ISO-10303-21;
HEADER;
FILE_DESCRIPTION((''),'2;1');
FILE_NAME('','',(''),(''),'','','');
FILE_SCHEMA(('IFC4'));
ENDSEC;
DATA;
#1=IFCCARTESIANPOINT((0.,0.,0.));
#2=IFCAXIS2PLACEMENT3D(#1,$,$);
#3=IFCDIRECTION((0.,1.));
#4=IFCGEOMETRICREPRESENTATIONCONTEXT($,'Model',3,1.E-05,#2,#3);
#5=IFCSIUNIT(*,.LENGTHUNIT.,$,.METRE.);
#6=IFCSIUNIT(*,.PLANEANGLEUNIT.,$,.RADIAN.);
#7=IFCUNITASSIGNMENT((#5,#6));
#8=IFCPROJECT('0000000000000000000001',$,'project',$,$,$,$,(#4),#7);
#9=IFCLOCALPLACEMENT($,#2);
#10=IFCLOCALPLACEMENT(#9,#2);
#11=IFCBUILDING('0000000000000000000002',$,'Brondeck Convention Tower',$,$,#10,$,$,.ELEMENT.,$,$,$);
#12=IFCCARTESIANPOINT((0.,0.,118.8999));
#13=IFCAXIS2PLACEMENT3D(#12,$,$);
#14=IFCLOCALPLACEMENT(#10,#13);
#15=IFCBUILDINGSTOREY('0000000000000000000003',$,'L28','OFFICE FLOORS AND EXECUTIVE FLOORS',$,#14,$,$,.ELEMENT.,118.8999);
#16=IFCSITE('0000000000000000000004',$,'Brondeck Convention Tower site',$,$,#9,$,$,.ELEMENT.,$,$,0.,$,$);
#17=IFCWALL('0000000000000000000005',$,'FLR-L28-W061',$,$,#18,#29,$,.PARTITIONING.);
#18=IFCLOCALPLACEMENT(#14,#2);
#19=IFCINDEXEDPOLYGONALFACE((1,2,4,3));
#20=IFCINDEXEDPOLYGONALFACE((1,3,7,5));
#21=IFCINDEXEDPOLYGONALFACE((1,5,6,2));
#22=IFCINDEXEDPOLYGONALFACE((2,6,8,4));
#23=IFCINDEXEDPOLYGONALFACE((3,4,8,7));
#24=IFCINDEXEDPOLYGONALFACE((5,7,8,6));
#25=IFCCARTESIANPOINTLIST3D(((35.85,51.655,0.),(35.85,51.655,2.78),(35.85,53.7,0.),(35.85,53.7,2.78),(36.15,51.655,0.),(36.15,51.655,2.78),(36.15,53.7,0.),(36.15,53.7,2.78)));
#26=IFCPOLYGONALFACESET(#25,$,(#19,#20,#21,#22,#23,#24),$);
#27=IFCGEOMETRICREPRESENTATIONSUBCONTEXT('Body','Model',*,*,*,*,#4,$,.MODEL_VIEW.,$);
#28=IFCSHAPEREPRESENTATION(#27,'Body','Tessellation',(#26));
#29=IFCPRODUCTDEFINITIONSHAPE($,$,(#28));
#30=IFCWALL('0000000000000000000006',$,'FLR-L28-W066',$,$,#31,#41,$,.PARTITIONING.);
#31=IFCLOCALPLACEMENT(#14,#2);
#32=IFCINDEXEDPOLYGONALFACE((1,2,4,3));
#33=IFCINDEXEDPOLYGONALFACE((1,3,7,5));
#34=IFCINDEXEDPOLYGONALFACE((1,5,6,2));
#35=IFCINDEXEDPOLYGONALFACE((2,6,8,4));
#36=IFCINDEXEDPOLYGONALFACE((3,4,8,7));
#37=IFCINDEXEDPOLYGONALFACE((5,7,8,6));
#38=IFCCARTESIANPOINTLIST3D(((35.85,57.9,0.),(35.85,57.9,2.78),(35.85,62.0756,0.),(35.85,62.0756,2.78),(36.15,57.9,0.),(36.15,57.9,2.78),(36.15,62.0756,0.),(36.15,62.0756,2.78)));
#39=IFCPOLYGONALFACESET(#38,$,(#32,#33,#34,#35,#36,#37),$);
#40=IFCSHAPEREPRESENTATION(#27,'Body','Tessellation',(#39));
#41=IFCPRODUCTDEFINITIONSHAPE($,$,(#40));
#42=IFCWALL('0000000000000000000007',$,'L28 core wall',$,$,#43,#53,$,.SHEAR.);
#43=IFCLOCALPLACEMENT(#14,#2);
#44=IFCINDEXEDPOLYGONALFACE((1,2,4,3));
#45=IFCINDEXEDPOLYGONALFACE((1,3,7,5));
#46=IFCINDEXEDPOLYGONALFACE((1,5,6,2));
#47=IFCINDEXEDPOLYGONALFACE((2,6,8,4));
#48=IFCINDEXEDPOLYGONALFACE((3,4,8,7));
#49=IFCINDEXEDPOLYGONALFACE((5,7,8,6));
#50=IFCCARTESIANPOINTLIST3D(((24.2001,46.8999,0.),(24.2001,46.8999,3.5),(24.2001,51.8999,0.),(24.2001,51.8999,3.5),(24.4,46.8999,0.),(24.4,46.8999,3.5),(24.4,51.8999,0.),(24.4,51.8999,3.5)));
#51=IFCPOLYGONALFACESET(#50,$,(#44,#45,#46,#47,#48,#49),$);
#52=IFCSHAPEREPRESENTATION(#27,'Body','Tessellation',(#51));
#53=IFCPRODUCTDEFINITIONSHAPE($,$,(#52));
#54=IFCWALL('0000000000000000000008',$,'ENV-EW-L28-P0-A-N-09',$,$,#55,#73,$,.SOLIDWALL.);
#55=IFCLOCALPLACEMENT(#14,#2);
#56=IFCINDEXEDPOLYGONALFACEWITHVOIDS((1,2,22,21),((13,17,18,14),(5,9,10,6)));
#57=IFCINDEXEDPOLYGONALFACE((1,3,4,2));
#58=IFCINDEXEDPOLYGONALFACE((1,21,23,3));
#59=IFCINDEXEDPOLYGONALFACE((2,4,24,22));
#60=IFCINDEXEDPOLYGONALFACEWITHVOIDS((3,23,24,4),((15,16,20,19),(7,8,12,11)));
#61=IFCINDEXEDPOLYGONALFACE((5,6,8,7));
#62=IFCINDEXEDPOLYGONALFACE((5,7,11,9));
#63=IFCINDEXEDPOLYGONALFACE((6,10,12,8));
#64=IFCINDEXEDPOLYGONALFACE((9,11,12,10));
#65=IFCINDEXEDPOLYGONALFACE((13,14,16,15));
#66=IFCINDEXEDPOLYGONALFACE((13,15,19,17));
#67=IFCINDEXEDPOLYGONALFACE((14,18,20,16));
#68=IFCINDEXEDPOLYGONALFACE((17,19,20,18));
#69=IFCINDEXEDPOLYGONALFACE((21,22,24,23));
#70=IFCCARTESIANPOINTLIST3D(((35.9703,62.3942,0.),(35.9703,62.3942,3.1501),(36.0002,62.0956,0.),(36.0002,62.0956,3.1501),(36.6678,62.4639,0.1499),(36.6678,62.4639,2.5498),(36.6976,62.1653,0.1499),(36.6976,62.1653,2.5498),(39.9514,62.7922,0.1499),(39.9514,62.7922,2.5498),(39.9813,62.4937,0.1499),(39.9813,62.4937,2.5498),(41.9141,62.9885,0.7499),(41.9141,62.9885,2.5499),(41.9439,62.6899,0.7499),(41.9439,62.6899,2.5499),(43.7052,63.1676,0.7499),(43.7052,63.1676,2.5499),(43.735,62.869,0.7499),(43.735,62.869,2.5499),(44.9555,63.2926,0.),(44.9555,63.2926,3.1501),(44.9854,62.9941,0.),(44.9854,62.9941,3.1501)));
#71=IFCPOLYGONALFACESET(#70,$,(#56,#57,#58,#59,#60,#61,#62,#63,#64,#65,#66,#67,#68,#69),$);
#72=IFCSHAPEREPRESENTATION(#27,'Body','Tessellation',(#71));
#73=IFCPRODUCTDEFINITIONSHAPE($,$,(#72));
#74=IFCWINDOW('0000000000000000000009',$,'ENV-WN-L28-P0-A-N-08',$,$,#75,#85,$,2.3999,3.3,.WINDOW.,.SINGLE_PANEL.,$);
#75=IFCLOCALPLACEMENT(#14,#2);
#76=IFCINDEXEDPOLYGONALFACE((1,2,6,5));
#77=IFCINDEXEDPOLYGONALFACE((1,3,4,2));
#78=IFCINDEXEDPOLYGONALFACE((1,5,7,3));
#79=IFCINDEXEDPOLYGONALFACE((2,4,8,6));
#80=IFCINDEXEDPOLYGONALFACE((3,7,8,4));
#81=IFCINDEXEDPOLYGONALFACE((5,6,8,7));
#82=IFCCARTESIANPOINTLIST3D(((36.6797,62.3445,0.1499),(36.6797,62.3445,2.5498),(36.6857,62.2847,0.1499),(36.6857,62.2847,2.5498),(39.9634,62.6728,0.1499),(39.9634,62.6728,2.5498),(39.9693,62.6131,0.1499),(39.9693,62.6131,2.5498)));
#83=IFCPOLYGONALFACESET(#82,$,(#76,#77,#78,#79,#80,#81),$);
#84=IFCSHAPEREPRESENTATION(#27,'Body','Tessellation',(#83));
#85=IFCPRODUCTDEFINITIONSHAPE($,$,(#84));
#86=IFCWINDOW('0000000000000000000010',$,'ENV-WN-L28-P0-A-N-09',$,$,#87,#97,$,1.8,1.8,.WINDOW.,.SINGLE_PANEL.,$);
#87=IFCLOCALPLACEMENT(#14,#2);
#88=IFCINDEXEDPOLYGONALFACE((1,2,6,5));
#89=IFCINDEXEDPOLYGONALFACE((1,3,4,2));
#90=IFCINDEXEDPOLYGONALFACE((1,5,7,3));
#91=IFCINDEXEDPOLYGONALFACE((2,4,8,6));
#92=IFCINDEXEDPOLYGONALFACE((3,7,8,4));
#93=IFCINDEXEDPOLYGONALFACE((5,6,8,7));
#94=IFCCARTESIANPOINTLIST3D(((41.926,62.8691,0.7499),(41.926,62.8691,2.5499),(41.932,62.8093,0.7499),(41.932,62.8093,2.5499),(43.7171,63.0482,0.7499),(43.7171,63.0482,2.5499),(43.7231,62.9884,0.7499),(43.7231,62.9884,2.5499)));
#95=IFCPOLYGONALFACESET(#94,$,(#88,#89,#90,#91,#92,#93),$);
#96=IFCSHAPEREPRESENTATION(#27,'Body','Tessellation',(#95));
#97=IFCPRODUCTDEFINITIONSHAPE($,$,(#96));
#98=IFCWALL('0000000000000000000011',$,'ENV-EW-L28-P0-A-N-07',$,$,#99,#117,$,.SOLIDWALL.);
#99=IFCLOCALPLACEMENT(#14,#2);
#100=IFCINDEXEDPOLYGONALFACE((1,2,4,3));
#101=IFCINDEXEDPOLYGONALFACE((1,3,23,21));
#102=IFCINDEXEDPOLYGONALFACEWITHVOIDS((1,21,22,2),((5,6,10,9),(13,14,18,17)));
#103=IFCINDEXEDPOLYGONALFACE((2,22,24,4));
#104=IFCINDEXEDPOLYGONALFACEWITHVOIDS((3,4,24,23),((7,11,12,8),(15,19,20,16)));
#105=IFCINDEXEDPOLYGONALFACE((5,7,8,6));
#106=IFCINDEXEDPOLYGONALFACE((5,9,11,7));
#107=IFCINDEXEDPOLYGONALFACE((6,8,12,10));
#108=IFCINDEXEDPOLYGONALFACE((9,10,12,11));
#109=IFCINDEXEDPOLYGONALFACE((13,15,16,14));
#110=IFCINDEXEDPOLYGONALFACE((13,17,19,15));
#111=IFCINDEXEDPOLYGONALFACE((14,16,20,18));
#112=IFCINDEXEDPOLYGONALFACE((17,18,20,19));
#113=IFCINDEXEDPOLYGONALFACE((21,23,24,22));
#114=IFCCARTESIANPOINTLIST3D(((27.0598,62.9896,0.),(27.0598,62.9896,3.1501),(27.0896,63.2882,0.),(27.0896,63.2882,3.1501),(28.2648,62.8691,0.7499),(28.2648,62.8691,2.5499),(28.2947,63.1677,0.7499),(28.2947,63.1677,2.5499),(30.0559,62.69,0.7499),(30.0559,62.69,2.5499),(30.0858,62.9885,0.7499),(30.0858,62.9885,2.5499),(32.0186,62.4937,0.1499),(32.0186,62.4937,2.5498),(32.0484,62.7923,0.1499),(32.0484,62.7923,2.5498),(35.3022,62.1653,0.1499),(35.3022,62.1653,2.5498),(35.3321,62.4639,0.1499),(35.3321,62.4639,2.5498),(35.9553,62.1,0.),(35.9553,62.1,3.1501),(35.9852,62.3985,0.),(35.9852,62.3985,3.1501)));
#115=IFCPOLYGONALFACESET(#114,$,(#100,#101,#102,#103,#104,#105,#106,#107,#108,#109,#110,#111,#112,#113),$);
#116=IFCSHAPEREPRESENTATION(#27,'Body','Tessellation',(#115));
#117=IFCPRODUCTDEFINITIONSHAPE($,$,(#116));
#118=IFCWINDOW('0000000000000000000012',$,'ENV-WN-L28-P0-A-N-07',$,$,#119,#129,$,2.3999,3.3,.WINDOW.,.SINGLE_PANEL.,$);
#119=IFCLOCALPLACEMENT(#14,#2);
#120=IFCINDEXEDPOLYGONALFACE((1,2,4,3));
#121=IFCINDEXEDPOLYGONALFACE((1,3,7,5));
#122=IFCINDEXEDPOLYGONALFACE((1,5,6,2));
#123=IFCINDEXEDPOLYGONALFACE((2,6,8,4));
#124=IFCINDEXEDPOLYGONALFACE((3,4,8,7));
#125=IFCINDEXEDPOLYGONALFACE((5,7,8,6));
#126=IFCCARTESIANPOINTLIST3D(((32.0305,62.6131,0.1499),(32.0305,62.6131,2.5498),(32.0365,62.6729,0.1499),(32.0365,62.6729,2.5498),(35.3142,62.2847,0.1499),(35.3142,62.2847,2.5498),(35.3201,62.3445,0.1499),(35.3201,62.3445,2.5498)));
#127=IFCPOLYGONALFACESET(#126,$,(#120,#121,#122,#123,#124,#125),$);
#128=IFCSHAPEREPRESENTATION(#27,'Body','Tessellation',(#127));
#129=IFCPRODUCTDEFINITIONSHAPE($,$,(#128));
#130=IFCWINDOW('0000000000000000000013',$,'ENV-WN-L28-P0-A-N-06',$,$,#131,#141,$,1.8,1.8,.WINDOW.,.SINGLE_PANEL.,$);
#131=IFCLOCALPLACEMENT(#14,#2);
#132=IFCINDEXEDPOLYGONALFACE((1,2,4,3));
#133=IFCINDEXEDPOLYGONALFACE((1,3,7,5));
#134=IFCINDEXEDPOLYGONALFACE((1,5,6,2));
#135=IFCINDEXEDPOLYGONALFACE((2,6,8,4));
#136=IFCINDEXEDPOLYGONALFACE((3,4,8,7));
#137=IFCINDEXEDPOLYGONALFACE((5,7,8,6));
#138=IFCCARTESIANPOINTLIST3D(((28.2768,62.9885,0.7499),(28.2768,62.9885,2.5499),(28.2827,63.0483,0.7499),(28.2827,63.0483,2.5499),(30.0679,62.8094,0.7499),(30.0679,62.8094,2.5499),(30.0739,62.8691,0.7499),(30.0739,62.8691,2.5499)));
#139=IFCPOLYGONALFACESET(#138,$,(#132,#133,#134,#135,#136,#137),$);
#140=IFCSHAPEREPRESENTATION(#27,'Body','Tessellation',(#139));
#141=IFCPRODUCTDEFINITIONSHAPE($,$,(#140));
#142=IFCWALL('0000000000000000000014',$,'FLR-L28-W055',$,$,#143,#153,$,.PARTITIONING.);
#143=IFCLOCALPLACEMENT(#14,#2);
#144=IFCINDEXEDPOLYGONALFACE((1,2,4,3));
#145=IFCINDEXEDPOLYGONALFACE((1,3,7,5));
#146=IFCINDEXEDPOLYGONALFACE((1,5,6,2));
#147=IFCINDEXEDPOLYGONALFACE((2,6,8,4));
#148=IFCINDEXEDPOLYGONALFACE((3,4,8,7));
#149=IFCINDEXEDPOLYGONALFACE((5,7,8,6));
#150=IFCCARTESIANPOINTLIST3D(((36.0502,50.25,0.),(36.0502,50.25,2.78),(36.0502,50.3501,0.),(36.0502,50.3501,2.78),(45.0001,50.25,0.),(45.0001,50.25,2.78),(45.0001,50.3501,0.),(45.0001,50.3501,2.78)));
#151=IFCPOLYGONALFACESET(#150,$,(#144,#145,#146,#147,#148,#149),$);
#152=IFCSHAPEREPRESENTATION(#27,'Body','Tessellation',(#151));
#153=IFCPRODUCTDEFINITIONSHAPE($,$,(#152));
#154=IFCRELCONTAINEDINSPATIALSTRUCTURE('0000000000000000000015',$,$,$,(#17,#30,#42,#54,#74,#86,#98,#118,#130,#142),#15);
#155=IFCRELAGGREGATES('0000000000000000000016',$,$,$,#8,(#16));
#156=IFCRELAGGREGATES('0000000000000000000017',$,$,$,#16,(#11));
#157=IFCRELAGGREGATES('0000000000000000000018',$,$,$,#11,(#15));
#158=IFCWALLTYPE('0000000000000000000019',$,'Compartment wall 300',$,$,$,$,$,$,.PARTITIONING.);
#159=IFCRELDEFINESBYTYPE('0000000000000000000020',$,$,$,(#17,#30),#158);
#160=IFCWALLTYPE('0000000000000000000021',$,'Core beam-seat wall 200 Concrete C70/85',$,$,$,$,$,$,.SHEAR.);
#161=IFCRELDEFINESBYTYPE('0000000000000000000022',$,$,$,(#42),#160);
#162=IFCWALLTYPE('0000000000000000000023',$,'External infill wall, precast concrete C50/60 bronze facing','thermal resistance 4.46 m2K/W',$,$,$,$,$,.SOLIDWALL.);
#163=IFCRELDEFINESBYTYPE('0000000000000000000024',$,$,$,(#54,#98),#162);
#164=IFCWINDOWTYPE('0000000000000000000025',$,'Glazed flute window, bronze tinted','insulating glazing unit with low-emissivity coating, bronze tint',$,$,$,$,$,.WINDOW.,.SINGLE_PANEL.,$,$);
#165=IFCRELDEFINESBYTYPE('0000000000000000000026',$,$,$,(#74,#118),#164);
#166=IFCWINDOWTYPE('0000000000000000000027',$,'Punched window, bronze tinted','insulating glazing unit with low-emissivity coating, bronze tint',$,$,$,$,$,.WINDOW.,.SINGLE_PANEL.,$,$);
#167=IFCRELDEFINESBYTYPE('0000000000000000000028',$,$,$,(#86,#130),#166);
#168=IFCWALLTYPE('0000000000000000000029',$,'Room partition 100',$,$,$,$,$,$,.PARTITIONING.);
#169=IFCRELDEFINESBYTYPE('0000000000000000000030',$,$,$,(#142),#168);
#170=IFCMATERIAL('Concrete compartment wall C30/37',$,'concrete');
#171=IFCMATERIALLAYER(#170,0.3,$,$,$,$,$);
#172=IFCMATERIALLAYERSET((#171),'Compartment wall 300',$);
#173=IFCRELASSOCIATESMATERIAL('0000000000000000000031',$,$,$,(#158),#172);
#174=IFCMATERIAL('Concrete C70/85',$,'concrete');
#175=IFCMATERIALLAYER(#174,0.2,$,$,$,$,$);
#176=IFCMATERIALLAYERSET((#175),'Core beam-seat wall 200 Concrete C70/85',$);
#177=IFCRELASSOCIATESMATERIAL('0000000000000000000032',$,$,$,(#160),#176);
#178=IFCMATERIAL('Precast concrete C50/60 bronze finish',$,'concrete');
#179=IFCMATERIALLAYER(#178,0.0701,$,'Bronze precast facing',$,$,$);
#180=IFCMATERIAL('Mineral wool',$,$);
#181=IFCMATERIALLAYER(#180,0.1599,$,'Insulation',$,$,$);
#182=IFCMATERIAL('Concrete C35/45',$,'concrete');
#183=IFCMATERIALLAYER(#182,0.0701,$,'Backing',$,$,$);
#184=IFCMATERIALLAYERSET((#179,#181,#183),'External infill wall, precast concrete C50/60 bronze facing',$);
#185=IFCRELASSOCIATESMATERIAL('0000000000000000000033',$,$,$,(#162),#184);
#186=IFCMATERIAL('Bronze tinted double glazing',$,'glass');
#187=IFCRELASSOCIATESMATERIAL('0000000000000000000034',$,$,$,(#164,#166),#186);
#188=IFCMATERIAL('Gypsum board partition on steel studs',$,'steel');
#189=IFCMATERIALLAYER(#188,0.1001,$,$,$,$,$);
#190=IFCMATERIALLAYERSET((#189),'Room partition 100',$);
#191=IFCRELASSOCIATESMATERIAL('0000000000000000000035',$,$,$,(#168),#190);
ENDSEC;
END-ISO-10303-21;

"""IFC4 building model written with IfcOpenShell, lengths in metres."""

from ifc_helpers import new_model, si_unit, direction, frame, frame_2d, origin, place, context, subcontext, project, spatial, rectangle, extrude, material, layer, layer_set, type_object, element, fill, save


model = new_model("IFC4")

# Units and contexts
model_context = context("Model", 3, precision=1e-05, world=origin(), true_north=direction((0.0, 1.0)))
body_context = subcontext(model_context, "Body", "Model", "MODEL_VIEW")
ifc_project = project(units=[si_unit("LENGTHUNIT", "METRE"), si_unit("PLANEANGLEUNIT", "RADIAN")], contexts=[model_context])

# Site, building, storey
site_placement = place(None, origin())
site = spatial("IfcSite", under=ifc_project, at=site_placement, Name="Brondeck Convention Tower site", CompositionType="ELEMENT", RefElevation=0.0)
building_placement = place(site_placement, origin())
building = spatial("IfcBuilding", under=site, at=building_placement, Name="Brondeck Convention Tower", CompositionType="ELEMENT")
storey_placement = place(building_placement, frame((0.0, 0.0, 118.8999)))
storey = spatial("IfcBuildingStorey", under=building, at=storey_placement, Name="L28", Description="OFFICE FLOORS AND EXECUTIVE FLOORS", CompositionType="ELEMENT", Elevation=118.8999)

# Shared definitions
ifc_material_1 = material(Name="Concrete C70/85", Category="concrete")

# Walls
ifc_material_2 = material(Name="Concrete compartment wall C30/37", Category="concrete")
ifc_layer_1 = layer(ifc_material_2, 0.3)
ifc_layer_set_1 = layer_set([ifc_layer_1], Name="Compartment wall 300")
wall_type_1 = type_object("IfcWallType", Name="Compartment wall 300", PredefinedType="PARTITIONING", material=ifc_layer_set_1)
wall_1_placement = place(storey_placement, frame((36.0, 51.655, 0.0), z_axis=(0.0, 0.0, 1.0), x_axis=(0.0, 1.0, 0.0)))
element("IfcWall", 1, at=wall_1_placement, inside=storey, type_object=wall_type_1, Name="FLR-L28-W061", PredefinedType="PARTITIONING", context=body_context, shape_type="SweptSolid", body=[
    extrude(rectangle(XDim=2.0449, YDim=0.3, at=frame_2d((1.0225, 0.0))), origin(), (0.0, 0.0, 1.0), 2.78),
])
wall_2_placement = place(storey_placement, frame((36.0, 57.8999, 0.0), z_axis=(0.0, 0.0, 1.0), x_axis=(0.0, 1.0, 0.0)))
element("IfcWall", 2, at=wall_2_placement, inside=storey, type_object=wall_type_1, Name="FLR-L28-W066", PredefinedType="PARTITIONING", context=body_context, shape_type="SweptSolid", body=[
    extrude(rectangle(XDim=4.1755, YDim=0.3, at=frame_2d((2.0879, 0.0))), origin(), (0.0, 0.0, 1.0), 2.78),
])
ifc_layer_2 = layer(ifc_material_1, 0.2)
ifc_layer_set_2 = layer_set([ifc_layer_2], Name="Core beam-seat wall 200 Concrete C70/85")
wall_type_2 = type_object("IfcWallType", Name="Core beam-seat wall 200 Concrete C70/85", PredefinedType="SHEAR", material=ifc_layer_set_2)
wall_3_placement = place(storey_placement, frame((24.3, 46.8999, 0.0), z_axis=(0.0, 0.0, 1.0), x_axis=(0.0, 1.0, 0.0)))
element("IfcWall", 3, at=wall_3_placement, inside=storey, type_object=wall_type_2, Name="L28 core wall", PredefinedType="SHEAR", context=body_context, shape_type="SweptSolid", body=[
    extrude(rectangle(XDim=5.0, YDim=0.2, at=frame_2d((2.5, 0.0))), origin(), (0.0, 0.0, 1.0), 3.5),
])

# Walls, openings, windows
ifc_material_3 = material(Name="Precast concrete C50/60 bronze finish", Category="concrete")
ifc_layer_3 = layer(ifc_material_3, 0.0701, Name="Bronze precast facing")
ifc_material_4 = material(Name="Mineral wool")
ifc_layer_4 = layer(ifc_material_4, 0.1599, Name="Insulation")
ifc_material_5 = material(Name="Concrete C35/45", Category="concrete")
ifc_layer_5 = layer(ifc_material_5, 0.0701, Name="Backing")
ifc_layer_set_3 = layer_set([ifc_layer_3, ifc_layer_4, ifc_layer_5], Name="External infill wall, precast concrete C50/60 bronze facing")
wall_type_3 = type_object("IfcWallType", Name="External infill wall, precast concrete C50/60 bronze facing", Description="thermal resistance 4.46 m2K/W", PredefinedType="SOLIDWALL", material=ifc_layer_set_3)
wall_4_placement = place(storey_placement, frame((35.9851, 62.2449, 0.0), z_axis=(0.0, 0.0, 1.0), x_axis=(0.995038, 0.099496, 0.0)))
wall_4 = element("IfcWall", 4, at=wall_4_placement, inside=storey, type_object=wall_type_3, Name="ENV-EW-L28-P0-A-N-09", PredefinedType="SOLIDWALL", context=body_context, shape_type="SweptSolid", body=[
    extrude(rectangle(XDim=9.03, YDim=0.3, at=frame_2d((4.5151, 0.0))), origin(), (0.0, 0.0, 1.0), 3.1501),
])
opening_1_placement = place(wall_4_placement, frame((0.7012, 0.0, 0.1499)))
opening_1 = element("IfcOpeningElement", 5, at=opening_1_placement, cuts=wall_4, PredefinedType="OPENING", context=body_context, shape_type="SweptSolid", body=[
    extrude(rectangle(XDim=3.3, YDim=2.3999, at=frame_2d((1.6499, 1.2))), frame((0.0, 0.1599, 0.0), z_axis=(0.0, -1.0, 0.0), x_axis=(1.0, 0.0, 0.0)), (0.0, 0.0, 1.0), 0.3201),
])
opening_2_placement = place(wall_4_placement, frame((5.9736, 0.0, 0.75)))
opening_2 = element("IfcOpeningElement", 6, at=opening_2_placement, cuts=wall_4, PredefinedType="OPENING", context=body_context, shape_type="SweptSolid", body=[
    extrude(rectangle(XDim=1.8, YDim=1.8, at=frame_2d((0.8999, 0.8999))), frame((0.0, 0.1599, 0.0), z_axis=(0.0, -1.0, 0.0), x_axis=(1.0, 0.0, 0.0)), (0.0, 0.0, 1.0), 0.3201),
])
ifc_material_6 = material(Name="Bronze tinted double glazing", Category="glass")
window_type_1 = type_object("IfcWindowType", Name="Glazed flute window, bronze tinted", Description="insulating glazing unit with low-emissivity coating, bronze tint", PartitioningType="SINGLE_PANEL", PredefinedType="WINDOW", material=ifc_material_6)
window_1_placement = place(opening_1_placement, origin())
window_1 = element("IfcWindow", 7, at=window_1_placement, inside=storey, type_object=window_type_1, Name="ENV-WN-L28-P0-A-N-08", OverallHeight=2.3999, OverallWidth=3.3, PartitioningType="SINGLE_PANEL", PredefinedType="WINDOW", context=body_context, shape_type="SweptSolid", body=[
    extrude(rectangle(XDim=3.3, YDim=2.3999, at=frame_2d((1.6499, 1.2))), frame((0.0, 0.03, 0.0), z_axis=(0.0, -1.0, 0.0), x_axis=(1.0, 0.0, 0.0)), (0.0, 0.0, 1.0), 0.0601),
])
fill(opening_1, window_1)
window_type_2 = type_object("IfcWindowType", Name="Punched window, bronze tinted", Description="insulating glazing unit with low-emissivity coating, bronze tint", PartitioningType="SINGLE_PANEL", PredefinedType="WINDOW", material=ifc_material_6)
window_2_placement = place(opening_2_placement, origin())
window_2 = element("IfcWindow", 8, at=window_2_placement, inside=storey, type_object=window_type_2, Name="ENV-WN-L28-P0-A-N-09", OverallHeight=1.8, OverallWidth=1.8, PartitioningType="SINGLE_PANEL", PredefinedType="WINDOW", context=body_context, shape_type="SweptSolid", body=[
    extrude(rectangle(XDim=1.8, YDim=1.8, at=frame_2d((0.8999, 0.8999))), frame((0.0, 0.03, 0.0), z_axis=(0.0, -1.0, 0.0), x_axis=(1.0, 0.0, 0.0)), (0.0, 0.0, 1.0), 0.0601),
])
fill(opening_2, window_2)
wall_5_placement = place(storey_placement, frame((27.0747, 63.1389, 0.0), z_axis=(0.0, 0.0, 1.0), x_axis=(0.995036, -0.099515, 0.0)))
wall_5 = element("IfcWall", 9, at=wall_5_placement, inside=storey, type_object=wall_type_3, Name="ENV-EW-L28-P0-A-N-07", PredefinedType="SOLIDWALL", context=body_context, shape_type="SweptSolid", body=[
    extrude(rectangle(XDim=8.9399, YDim=0.3, at=frame_2d((4.47, 0.0))), origin(), (0.0, 0.0, 1.0), 3.1501),
])
opening_3_placement = place(wall_5_placement, frame((1.2112, 0.0, 0.75)))
opening_3 = element("IfcOpeningElement", 10, at=opening_3_placement, cuts=wall_5, PredefinedType="OPENING", context=body_context, shape_type="SweptSolid", body=[
    extrude(rectangle(XDim=1.8, YDim=1.8, at=frame_2d((0.8999, 0.8999))), frame((0.0, 0.1599, 0.0), z_axis=(0.0, -1.0, 0.0), x_axis=(1.0, 0.0, 0.0)), (0.0, 0.0, 1.0), 0.3201),
])
opening_4_placement = place(wall_5_placement, frame((4.9836, 0.0, 0.1499)))
opening_4 = element("IfcOpeningElement", 11, at=opening_4_placement, cuts=wall_5, PredefinedType="OPENING", context=body_context, shape_type="SweptSolid", body=[
    extrude(rectangle(XDim=3.3, YDim=2.3999, at=frame_2d((1.6499, 1.2))), frame((0.0, 0.1599, 0.0), z_axis=(0.0, -1.0, 0.0), x_axis=(1.0, 0.0, 0.0)), (0.0, 0.0, 1.0), 0.3201),
])
window_3_placement = place(opening_4_placement, origin())
window_3 = element("IfcWindow", 12, at=window_3_placement, inside=storey, type_object=window_type_1, Name="ENV-WN-L28-P0-A-N-07", OverallHeight=2.3999, OverallWidth=3.3, PartitioningType="SINGLE_PANEL", PredefinedType="WINDOW", context=body_context, shape_type="SweptSolid", body=[
    extrude(rectangle(XDim=3.3, YDim=2.3999, at=frame_2d((1.6499, 1.2))), frame((0.0, 0.03, 0.0), z_axis=(0.0, -1.0, 0.0), x_axis=(1.0, 0.0, 0.0)), (0.0, 0.0, 1.0), 0.0601),
])
fill(opening_4, window_3)
window_4_placement = place(opening_3_placement, origin())
window_4 = element("IfcWindow", 13, at=window_4_placement, inside=storey, type_object=window_type_2, Name="ENV-WN-L28-P0-A-N-06", OverallHeight=1.8, OverallWidth=1.8, PartitioningType="SINGLE_PANEL", PredefinedType="WINDOW", context=body_context, shape_type="SweptSolid", body=[
    extrude(rectangle(XDim=1.8, YDim=1.8, at=frame_2d((0.8999, 0.8999))), frame((0.0, 0.03, 0.0), z_axis=(0.0, -1.0, 0.0), x_axis=(1.0, 0.0, 0.0)), (0.0, 0.0, 1.0), 0.0601),
])
fill(opening_3, window_4)

# Wall
ifc_material_7 = material(Name="Gypsum board partition on steel studs", Category="steel")
ifc_layer_6 = layer(ifc_material_7, 0.1001)
ifc_layer_set_4 = layer_set([ifc_layer_6], Name="Room partition 100")
wall_type_4 = type_object("IfcWallType", Name="Room partition 100", PredefinedType="PARTITIONING", material=ifc_layer_set_4)
wall_6_placement = place(storey_placement, frame((36.05, 50.3, 0.0), z_axis=(0.0, 0.0, 1.0), x_axis=(1.0, 0.0, 0.0)))
element("IfcWall", 14, at=wall_6_placement, inside=storey, type_object=wall_type_4, Name="FLR-L28-W055", PredefinedType="PARTITIONING", context=body_context, shape_type="SweptSolid", body=[
    extrude(rectangle(XDim=8.95, YDim=0.1001, at=frame_2d((4.4751, 0.0))), origin(), (0.0, 0.0, 1.0), 2.78),
])

save(model, "model.ifc")
